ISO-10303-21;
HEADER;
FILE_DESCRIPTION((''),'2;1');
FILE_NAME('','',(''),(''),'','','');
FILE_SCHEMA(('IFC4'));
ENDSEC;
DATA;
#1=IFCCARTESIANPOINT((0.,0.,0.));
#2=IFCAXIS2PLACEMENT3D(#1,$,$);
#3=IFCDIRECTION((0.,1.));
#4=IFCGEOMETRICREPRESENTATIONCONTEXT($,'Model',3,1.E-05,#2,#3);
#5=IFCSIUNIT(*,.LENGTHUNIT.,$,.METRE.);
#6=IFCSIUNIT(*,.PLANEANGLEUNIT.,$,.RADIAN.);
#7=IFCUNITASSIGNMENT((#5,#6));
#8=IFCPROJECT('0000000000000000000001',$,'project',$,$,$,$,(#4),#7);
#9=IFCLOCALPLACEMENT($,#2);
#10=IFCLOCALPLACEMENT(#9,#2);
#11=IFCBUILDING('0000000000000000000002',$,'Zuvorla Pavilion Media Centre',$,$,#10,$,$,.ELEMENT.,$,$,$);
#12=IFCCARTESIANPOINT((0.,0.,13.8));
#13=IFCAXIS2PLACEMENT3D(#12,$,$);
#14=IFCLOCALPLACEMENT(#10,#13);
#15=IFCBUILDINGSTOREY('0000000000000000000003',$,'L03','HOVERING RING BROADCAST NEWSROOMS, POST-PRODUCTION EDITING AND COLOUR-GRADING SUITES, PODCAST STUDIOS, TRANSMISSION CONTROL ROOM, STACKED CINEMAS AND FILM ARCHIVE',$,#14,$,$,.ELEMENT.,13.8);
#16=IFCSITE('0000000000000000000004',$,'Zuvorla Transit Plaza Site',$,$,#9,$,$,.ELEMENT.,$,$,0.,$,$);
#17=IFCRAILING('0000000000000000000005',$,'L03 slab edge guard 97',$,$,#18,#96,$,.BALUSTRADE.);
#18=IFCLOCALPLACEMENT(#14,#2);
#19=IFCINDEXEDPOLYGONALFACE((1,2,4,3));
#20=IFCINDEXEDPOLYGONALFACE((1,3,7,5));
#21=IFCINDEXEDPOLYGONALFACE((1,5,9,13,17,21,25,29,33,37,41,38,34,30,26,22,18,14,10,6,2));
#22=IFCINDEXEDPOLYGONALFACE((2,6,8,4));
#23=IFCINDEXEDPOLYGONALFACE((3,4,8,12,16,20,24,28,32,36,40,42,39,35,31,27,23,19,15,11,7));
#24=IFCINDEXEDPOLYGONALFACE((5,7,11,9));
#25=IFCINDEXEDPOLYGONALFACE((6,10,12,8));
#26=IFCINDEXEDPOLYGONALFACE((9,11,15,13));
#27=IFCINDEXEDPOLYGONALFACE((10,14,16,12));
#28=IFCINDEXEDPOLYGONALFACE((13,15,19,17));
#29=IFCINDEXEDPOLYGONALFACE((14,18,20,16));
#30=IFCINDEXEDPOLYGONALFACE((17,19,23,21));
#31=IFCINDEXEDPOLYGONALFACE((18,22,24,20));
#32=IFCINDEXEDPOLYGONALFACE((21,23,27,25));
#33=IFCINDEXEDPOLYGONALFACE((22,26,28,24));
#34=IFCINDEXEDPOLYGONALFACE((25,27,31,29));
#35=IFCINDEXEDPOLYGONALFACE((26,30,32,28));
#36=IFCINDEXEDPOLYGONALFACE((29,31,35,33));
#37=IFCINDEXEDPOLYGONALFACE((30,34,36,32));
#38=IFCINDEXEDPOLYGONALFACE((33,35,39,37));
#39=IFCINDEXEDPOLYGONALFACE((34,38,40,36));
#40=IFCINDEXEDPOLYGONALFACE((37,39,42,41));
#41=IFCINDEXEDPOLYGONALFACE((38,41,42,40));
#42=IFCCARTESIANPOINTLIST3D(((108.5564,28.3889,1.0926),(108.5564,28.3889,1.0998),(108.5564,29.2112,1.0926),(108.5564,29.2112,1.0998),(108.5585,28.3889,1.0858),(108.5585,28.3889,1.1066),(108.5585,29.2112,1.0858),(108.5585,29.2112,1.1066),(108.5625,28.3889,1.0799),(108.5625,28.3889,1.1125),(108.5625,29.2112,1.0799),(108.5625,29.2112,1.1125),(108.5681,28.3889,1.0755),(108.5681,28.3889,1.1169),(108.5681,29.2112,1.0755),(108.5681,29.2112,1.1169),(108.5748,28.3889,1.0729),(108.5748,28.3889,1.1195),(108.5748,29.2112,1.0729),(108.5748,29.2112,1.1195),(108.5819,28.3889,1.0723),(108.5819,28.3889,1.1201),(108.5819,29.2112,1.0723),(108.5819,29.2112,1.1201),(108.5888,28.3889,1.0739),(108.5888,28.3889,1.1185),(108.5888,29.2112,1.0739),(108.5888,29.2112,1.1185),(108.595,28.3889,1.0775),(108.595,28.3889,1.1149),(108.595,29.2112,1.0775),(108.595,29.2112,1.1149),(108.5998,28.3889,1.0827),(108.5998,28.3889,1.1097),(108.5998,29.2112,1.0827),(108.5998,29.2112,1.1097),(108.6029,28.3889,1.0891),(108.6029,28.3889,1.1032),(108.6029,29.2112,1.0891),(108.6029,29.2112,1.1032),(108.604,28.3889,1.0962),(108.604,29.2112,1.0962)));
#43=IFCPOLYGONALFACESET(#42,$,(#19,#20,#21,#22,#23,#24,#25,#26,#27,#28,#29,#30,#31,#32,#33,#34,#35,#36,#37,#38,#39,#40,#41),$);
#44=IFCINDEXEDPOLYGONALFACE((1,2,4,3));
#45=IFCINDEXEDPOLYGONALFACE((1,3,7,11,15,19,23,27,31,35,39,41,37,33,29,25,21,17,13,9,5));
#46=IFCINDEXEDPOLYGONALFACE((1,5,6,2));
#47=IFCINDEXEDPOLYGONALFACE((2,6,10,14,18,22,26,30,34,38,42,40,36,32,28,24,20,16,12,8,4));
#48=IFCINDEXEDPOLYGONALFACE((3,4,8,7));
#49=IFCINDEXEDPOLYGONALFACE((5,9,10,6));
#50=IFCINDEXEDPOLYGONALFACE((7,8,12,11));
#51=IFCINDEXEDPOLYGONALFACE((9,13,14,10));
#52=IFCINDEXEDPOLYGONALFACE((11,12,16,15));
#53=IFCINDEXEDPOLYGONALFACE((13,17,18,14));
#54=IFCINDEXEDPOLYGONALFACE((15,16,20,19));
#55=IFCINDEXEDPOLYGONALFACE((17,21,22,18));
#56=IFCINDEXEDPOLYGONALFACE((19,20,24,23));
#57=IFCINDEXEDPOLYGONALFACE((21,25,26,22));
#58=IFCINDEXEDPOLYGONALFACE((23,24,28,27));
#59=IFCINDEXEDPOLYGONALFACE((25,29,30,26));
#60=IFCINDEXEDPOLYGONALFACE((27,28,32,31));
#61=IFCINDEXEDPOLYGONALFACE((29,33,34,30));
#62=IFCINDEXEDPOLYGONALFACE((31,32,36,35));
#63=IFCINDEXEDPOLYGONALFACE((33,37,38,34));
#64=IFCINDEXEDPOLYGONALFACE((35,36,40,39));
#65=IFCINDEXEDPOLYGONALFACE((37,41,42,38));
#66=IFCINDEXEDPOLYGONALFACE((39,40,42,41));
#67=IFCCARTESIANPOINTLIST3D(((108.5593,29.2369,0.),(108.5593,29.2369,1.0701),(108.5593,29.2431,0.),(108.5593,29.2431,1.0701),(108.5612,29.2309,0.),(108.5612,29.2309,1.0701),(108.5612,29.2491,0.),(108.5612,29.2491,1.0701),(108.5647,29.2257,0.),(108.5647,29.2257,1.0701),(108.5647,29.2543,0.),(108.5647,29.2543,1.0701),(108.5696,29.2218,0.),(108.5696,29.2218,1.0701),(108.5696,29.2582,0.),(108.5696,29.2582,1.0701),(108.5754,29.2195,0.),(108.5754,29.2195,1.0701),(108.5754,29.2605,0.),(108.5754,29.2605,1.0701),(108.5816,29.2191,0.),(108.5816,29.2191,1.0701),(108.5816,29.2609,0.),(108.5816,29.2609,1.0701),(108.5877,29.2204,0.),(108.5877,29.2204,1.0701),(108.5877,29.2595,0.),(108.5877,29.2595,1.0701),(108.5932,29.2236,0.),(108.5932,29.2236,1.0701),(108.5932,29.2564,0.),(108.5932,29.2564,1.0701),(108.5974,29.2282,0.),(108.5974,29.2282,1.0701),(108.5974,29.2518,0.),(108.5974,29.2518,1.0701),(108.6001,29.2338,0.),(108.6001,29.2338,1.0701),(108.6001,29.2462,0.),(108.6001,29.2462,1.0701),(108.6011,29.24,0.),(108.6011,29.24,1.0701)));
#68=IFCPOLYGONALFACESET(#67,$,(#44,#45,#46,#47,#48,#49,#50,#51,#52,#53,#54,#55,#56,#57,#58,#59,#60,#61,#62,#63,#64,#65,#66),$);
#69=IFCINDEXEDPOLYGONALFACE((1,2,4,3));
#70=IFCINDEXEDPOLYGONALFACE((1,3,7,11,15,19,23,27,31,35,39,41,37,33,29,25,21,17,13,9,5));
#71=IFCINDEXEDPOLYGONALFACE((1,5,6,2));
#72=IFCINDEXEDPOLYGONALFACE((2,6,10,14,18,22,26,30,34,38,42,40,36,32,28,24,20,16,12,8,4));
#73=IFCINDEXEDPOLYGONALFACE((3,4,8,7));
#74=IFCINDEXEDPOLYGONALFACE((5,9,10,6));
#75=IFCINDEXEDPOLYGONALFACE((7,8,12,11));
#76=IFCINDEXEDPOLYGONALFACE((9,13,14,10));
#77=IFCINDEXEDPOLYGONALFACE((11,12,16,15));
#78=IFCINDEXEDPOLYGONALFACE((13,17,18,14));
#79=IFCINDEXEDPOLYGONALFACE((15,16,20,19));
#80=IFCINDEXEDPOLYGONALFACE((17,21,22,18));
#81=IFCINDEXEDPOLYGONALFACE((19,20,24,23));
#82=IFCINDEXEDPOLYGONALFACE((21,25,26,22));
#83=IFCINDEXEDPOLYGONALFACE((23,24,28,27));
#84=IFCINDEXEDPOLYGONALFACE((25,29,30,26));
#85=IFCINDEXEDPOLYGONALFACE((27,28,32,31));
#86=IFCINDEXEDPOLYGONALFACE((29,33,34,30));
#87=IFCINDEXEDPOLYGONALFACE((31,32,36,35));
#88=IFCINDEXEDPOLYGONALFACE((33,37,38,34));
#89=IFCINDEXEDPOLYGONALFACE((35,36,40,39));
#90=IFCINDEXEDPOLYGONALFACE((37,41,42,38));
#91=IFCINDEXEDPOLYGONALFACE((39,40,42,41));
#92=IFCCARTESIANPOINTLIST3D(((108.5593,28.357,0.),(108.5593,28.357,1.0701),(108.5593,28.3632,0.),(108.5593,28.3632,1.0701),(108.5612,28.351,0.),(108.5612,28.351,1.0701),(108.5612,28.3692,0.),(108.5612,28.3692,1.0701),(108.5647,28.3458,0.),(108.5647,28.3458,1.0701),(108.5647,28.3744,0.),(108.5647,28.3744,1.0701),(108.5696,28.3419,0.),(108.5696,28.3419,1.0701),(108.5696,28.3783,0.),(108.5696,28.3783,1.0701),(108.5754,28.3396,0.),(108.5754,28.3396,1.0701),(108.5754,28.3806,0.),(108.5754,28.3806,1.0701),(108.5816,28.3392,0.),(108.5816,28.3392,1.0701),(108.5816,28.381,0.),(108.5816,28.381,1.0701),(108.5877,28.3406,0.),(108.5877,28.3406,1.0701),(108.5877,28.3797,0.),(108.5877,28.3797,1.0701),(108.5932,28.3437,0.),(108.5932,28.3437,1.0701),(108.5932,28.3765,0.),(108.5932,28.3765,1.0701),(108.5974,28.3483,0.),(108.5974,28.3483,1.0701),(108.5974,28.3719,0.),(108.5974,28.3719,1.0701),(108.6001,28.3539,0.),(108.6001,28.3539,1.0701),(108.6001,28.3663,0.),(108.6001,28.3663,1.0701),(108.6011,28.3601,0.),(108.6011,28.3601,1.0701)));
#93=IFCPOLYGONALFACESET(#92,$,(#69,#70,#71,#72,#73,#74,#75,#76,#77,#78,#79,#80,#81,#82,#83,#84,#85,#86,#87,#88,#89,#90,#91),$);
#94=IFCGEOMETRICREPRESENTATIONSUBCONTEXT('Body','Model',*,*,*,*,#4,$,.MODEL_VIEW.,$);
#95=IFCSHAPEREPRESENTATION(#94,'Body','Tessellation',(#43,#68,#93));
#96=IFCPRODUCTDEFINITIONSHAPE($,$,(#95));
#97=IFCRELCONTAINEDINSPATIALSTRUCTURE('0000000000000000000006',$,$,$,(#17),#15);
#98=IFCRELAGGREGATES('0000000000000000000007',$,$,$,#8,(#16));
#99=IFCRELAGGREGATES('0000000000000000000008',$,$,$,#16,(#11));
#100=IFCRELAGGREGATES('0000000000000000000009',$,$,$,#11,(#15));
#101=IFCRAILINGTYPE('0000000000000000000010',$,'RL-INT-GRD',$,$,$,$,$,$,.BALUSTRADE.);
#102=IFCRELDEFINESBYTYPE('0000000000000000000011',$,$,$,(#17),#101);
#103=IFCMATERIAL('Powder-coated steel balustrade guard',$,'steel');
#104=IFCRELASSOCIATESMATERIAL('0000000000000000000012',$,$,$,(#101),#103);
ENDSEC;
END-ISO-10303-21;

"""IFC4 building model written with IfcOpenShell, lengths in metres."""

from ifc_helpers import new_model, si_unit, direction, frame, origin, origin_2d, place, context, subcontext, project, spatial, circle, extrude, material, type_object, element, save


model = new_model("IFC4")

# Units and contexts
model_context = context("Model", 3, precision=1e-05, world=origin(), true_north=direction((0.0, 1.0)))
body_context = subcontext(model_context, "Body", "Model", "MODEL_VIEW")
ifc_project = project(units=[si_unit("LENGTHUNIT", "METRE"), si_unit("PLANEANGLEUNIT", "RADIAN")], contexts=[model_context])

# Site, building, storey
site_placement = place(None, origin())
site = spatial("IfcSite", under=ifc_project, at=site_placement, Name="Zuvorla Transit Plaza Site", CompositionType="ELEMENT", RefElevation=0.0)
building_placement = place(site_placement, origin())
building = spatial("IfcBuilding", under=site, at=building_placement, Name="Zuvorla Pavilion Media Centre", CompositionType="ELEMENT")
storey_placement = place(building_placement, frame((0.0, 0.0, 13.8)))
storey = spatial("IfcBuildingStorey", under=building, at=storey_placement, Name="L03", Description="HOVERING RING BROADCAST NEWSROOMS, POST-PRODUCTION EDITING AND COLOUR-GRADING SUITES, PODCAST STUDIOS, TRANSMISSION CONTROL ROOM, STACKED CINEMAS AND FILM ARCHIVE", CompositionType="ELEMENT", Elevation=13.8)

# Railing
ifc_material_1 = material(Name="Powder-coated steel balustrade guard", Category="steel")
railing_type_1 = type_object("IfcRailingType", Name="RL-INT-GRD", PredefinedType="BALUSTRADE", material=ifc_material_1)
railing_1_placement = place(storey_placement, frame((108.5801, 29.24, 0.0)))
element("IfcRailing", 1, at=railing_1_placement, inside=storey, type_object=railing_type_1, Name="L03 slab edge guard 97", PredefinedType="BALUSTRADE", context=body_context, shape_type="SweptSolid", body=[
    extrude(circle(Radius=0.0239, at=origin_2d()), frame((0.0, -0.0288, 1.0962), z_axis=(0.0, -1.0, 0.0), x_axis=(1.0, 0.0, 0.0)), (0.0, 0.0, 1.0), 0.8223),
    extrude(circle(Radius=0.021, at=origin_2d()), origin(), (0.0, 0.0, 1.0), 1.0701),
    extrude(circle(Radius=0.021, at=origin_2d()), frame((0.0, -0.8799, 0.0)), (0.0, 0.0, 1.0), 1.0701),
])

save(model, "model.ifc")
